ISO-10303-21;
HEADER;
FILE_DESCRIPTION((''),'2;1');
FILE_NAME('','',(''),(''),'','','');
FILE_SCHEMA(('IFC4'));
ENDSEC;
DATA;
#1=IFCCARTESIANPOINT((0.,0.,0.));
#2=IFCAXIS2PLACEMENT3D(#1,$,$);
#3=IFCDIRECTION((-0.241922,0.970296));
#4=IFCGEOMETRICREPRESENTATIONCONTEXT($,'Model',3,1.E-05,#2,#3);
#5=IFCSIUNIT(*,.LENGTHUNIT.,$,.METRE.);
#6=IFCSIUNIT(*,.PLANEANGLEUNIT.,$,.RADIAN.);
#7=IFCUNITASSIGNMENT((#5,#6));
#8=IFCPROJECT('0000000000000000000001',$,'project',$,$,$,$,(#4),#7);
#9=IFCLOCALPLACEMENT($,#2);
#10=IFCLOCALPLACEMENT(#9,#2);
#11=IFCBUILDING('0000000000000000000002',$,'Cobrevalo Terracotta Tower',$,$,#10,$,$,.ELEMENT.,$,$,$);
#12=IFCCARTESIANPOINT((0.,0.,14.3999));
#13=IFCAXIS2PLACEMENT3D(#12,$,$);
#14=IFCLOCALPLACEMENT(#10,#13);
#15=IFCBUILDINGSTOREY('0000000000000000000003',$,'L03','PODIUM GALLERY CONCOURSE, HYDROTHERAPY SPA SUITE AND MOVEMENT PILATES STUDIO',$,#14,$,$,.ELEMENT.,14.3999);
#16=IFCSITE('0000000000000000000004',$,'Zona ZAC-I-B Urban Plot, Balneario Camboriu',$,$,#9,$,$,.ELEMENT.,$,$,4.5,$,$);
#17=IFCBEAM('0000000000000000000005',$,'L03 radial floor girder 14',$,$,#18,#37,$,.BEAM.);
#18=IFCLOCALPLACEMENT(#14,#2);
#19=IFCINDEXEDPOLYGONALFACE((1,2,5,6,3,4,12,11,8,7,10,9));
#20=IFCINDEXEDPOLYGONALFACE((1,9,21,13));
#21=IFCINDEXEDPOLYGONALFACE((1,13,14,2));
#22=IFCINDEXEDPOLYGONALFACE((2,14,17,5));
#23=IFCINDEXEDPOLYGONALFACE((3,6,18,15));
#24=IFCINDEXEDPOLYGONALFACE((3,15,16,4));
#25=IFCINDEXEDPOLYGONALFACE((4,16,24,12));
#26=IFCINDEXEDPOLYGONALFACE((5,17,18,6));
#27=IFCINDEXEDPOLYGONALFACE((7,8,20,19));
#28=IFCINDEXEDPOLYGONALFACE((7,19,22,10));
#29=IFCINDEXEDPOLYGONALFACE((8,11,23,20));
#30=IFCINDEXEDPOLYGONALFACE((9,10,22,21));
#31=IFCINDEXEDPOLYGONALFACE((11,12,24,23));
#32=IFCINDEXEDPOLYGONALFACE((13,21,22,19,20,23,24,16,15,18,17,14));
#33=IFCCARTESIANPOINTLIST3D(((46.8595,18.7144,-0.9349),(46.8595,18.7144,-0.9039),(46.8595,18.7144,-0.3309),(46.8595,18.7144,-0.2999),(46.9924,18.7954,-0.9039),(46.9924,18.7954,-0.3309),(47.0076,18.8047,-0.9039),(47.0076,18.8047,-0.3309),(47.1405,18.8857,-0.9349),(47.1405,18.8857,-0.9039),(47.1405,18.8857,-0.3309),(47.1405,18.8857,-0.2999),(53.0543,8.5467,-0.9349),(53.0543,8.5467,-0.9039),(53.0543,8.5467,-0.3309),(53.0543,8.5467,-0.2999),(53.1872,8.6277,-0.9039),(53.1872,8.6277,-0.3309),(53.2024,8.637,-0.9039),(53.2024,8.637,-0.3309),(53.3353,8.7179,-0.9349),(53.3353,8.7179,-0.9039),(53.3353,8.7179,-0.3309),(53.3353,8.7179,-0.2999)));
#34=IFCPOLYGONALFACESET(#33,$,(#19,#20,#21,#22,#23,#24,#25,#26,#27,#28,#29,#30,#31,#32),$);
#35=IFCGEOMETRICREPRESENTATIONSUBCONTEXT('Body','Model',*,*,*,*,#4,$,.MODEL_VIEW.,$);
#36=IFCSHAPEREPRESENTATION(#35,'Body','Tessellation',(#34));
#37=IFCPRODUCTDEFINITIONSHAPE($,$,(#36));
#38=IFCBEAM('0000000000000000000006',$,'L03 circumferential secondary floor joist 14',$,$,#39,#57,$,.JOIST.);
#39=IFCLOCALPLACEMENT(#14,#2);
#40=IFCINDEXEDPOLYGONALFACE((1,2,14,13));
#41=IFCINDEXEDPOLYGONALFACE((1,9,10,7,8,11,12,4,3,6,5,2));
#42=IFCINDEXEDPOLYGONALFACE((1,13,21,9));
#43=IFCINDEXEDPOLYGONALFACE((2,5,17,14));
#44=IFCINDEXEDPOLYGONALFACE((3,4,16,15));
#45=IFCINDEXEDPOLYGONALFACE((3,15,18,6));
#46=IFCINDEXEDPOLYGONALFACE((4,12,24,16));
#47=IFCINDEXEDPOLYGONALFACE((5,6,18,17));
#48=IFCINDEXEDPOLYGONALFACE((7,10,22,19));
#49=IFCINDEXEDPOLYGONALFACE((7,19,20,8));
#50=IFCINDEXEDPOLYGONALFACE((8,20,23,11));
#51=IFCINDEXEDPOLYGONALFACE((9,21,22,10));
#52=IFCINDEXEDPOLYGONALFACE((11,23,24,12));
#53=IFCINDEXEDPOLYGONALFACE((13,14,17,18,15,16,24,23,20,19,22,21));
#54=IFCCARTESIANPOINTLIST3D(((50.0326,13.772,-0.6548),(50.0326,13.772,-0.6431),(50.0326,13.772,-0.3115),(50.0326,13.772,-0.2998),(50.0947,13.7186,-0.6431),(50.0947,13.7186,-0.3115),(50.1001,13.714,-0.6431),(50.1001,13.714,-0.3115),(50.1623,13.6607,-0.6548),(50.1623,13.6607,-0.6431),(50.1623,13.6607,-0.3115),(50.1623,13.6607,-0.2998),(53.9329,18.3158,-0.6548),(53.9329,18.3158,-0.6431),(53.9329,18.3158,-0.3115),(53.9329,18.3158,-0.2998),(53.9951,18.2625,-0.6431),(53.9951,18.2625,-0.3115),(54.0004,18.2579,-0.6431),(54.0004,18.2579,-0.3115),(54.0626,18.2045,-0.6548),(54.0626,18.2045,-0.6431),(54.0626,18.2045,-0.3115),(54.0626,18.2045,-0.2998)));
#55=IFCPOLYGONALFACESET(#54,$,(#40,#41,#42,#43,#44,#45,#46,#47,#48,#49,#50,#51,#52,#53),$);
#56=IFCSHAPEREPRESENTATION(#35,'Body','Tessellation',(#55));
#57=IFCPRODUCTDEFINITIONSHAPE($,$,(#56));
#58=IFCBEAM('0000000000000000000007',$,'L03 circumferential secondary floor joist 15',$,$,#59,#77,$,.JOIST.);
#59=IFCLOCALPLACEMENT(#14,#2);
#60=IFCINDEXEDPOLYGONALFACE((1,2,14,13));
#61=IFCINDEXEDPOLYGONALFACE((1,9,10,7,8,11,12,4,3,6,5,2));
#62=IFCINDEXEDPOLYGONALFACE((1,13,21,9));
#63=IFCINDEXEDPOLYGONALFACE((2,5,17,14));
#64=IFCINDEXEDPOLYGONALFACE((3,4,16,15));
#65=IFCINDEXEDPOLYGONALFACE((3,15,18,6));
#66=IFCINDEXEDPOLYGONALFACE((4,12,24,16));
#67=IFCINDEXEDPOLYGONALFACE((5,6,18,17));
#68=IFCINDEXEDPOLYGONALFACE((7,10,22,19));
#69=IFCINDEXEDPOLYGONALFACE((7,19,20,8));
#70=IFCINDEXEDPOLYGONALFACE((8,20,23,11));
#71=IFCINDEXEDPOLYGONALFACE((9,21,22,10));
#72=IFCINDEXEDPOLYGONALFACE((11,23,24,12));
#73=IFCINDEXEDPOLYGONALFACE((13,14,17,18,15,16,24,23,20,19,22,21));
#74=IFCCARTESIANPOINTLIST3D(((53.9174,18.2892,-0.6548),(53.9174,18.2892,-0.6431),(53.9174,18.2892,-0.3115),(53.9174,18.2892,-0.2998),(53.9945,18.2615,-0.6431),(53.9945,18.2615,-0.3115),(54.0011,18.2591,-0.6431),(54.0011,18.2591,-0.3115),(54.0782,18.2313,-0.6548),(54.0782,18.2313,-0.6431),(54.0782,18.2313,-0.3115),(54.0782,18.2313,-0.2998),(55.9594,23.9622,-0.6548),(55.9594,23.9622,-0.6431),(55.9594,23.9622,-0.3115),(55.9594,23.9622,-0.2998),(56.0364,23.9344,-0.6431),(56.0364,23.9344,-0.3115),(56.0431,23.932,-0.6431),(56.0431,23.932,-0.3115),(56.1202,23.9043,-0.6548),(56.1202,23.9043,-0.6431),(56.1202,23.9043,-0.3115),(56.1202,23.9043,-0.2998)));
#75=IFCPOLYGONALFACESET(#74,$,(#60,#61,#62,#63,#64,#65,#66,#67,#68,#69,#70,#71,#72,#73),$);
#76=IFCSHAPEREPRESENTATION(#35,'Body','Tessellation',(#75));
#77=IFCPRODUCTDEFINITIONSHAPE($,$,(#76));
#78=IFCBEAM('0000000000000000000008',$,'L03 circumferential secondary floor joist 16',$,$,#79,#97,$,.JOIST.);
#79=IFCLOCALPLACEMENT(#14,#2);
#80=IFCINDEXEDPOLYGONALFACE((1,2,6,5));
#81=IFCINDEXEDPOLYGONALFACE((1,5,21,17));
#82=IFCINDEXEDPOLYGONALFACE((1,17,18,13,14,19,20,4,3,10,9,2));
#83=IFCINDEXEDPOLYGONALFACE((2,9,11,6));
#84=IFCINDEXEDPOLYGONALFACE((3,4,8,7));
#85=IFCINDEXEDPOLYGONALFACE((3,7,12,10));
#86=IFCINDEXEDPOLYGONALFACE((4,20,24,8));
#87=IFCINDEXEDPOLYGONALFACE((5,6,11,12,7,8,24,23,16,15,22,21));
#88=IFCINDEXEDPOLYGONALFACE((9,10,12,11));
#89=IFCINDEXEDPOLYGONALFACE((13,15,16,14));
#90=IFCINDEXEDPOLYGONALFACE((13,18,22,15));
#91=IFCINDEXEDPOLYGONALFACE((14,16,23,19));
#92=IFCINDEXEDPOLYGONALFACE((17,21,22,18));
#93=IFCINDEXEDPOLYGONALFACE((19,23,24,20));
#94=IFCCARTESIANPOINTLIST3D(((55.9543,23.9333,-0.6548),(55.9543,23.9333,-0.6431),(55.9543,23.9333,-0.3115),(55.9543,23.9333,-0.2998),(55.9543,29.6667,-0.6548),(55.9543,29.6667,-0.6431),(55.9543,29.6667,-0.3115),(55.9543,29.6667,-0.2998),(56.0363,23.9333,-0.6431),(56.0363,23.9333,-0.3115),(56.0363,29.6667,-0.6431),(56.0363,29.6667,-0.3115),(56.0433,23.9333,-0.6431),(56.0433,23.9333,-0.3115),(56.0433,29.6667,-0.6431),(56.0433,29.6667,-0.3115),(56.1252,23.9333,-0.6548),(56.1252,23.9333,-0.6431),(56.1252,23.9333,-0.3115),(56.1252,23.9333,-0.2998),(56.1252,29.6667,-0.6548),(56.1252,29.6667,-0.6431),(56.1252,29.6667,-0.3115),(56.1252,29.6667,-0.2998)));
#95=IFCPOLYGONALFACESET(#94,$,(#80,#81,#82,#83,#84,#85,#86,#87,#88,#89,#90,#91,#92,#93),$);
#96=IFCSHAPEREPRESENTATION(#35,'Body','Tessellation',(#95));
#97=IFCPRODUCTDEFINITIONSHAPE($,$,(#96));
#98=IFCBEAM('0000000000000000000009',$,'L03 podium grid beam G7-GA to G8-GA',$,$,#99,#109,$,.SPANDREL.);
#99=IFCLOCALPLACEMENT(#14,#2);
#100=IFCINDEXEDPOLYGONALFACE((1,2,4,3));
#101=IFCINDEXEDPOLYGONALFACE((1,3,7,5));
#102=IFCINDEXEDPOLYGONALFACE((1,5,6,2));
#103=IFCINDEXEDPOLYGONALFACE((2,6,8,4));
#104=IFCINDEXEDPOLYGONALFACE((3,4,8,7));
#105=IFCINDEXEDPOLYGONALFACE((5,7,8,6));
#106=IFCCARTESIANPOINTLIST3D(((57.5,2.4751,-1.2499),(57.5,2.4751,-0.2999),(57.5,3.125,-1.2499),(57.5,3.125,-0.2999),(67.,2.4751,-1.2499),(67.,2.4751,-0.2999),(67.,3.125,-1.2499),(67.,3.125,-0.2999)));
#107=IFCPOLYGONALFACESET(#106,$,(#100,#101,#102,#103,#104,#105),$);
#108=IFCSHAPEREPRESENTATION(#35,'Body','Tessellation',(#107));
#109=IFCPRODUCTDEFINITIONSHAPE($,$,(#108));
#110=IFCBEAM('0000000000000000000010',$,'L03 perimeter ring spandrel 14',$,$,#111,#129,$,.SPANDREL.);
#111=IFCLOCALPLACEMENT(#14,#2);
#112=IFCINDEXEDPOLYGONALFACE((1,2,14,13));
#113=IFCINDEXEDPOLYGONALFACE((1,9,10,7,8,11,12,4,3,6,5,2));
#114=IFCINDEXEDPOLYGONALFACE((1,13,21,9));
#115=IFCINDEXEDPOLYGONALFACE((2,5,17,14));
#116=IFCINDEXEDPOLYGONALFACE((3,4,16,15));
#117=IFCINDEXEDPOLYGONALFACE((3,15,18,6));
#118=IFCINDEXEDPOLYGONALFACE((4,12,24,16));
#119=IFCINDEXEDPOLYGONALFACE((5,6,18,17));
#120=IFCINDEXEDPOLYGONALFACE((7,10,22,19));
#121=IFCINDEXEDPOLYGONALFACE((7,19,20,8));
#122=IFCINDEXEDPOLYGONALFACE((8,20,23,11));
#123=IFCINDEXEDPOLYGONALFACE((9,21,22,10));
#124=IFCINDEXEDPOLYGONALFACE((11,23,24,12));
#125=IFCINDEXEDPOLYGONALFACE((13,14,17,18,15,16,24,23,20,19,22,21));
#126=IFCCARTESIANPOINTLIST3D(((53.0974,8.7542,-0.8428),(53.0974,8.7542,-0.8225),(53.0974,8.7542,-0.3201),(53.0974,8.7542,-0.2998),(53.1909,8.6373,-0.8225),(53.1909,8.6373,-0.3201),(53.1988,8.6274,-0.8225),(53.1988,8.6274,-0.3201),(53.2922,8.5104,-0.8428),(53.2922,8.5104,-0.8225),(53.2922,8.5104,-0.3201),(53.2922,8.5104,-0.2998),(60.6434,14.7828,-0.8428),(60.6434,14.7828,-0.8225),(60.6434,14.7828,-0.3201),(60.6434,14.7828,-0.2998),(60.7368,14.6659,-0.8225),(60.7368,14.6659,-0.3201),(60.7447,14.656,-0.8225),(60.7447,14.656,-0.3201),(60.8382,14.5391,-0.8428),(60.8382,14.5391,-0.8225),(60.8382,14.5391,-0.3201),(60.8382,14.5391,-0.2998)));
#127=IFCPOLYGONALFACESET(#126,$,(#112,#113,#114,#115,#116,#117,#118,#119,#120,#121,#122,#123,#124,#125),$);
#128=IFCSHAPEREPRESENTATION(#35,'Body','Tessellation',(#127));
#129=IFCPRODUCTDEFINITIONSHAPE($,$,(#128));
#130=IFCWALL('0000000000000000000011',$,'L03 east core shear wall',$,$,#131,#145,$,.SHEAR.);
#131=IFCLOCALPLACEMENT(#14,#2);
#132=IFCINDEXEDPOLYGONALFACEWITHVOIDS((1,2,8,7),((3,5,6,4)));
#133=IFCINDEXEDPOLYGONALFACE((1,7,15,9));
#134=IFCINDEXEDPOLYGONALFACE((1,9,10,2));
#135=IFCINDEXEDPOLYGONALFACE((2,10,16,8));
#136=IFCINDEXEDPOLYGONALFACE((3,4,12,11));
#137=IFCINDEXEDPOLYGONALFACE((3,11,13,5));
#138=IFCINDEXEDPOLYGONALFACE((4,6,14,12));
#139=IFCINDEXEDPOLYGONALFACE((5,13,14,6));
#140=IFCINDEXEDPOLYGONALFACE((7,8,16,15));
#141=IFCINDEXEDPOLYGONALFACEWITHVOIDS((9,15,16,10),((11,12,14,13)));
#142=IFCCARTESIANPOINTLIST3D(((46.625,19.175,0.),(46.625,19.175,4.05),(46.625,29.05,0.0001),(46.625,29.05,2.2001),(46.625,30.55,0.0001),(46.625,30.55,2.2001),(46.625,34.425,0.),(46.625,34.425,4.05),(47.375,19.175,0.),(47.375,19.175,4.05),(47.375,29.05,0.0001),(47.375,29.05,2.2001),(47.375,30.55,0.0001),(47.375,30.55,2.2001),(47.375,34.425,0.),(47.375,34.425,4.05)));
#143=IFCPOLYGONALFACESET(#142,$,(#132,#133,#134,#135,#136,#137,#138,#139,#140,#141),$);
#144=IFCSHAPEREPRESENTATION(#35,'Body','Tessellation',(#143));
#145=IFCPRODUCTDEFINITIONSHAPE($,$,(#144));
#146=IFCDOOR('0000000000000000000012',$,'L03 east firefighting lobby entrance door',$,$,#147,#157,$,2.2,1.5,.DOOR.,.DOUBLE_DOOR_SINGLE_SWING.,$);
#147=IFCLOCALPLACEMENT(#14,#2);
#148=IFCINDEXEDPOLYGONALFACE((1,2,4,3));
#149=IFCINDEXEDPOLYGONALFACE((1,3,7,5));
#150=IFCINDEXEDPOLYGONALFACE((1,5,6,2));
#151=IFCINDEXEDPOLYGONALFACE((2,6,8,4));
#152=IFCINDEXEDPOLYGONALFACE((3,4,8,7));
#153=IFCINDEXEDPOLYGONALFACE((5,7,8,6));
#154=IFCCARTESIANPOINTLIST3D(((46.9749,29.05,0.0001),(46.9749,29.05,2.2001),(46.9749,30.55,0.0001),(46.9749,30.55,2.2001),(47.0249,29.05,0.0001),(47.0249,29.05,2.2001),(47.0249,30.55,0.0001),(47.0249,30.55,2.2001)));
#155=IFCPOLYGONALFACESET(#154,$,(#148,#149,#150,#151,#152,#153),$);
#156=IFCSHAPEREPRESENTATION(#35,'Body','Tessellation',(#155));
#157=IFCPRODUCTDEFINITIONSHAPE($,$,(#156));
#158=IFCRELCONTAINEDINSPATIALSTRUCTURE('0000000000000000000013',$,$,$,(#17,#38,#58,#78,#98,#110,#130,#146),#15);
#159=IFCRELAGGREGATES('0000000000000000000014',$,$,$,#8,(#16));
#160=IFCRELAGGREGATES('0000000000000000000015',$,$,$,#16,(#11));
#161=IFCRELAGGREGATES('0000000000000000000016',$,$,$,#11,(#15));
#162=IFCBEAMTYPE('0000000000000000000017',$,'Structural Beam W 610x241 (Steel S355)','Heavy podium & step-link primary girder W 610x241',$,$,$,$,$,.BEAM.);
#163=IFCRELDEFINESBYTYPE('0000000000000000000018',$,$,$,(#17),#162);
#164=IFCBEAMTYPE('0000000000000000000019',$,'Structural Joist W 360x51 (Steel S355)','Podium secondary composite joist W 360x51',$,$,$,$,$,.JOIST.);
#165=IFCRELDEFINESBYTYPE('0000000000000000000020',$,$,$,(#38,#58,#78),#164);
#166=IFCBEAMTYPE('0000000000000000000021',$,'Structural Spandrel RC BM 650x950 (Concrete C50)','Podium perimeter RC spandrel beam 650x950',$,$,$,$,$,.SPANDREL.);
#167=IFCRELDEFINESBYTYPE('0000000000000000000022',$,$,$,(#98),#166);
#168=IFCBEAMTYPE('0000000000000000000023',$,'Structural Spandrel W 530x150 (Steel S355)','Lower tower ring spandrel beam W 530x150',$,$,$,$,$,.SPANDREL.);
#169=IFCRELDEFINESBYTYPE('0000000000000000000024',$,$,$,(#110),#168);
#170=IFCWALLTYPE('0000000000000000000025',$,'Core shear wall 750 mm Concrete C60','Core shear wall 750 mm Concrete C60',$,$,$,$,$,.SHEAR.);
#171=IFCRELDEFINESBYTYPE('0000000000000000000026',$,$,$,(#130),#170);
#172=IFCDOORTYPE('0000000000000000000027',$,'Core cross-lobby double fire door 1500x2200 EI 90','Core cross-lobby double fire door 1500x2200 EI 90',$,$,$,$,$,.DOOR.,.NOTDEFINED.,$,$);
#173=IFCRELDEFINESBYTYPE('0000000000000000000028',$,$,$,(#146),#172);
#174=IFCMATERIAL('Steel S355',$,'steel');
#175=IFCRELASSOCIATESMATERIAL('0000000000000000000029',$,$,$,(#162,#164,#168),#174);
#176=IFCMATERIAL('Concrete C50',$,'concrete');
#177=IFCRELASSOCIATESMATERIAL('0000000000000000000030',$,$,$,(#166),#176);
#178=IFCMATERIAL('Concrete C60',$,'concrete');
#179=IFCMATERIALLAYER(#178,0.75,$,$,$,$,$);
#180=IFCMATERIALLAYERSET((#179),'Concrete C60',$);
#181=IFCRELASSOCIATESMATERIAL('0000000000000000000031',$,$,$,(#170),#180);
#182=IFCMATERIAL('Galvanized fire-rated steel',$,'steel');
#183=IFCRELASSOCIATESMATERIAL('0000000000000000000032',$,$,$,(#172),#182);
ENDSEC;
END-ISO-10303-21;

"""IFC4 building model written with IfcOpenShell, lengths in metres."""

from ifc_helpers import new_model, si_unit, direction, frame, frame_2d, origin, origin_2d, place, context, subcontext, project, spatial, rectangle, i_section, extrude, source, transform, mapped, material, layer, layer_set, material_profile, profile_set, type_object, element, fill, save


model = new_model("IFC4")

# Units and contexts
model_context = context("Model", 3, precision=1e-05, world=origin(), true_north=direction((-0.241922, 0.970296)))
body_context = subcontext(model_context, "Body", "Model", "MODEL_VIEW")
ifc_project = project(units=[si_unit("LENGTHUNIT", "METRE"), si_unit("PLANEANGLEUNIT", "RADIAN")], contexts=[model_context])

# Site, building, storey
site_placement = place(None, origin())
site = spatial("IfcSite", under=ifc_project, at=site_placement, Name="Zona ZAC-I-B Urban Plot, Balneario Camboriu", CompositionType="ELEMENT", RefElevation=4.5)
building_placement = place(site_placement, origin())
building = spatial("IfcBuilding", under=site, at=building_placement, Name="Cobrevalo Terracotta Tower", CompositionType="ELEMENT")
storey_placement = place(building_placement, frame((0.0, 0.0, 14.3999)))
storey = spatial("IfcBuildingStorey", under=building, at=storey_placement, Name="L03", Description="PODIUM GALLERY CONCOURSE, HYDROTHERAPY SPA SUITE AND MOVEMENT PILATES STUDIO", CompositionType="ELEMENT", Elevation=14.3999)

# Shared definitions
ifc_material_1 = material(Name="Steel S355", Category="steel")
ifc_material_2 = material(Name="Concrete C60", Category="concrete")
ifc_material_3 = material(Name="Concrete C50", Category="concrete")

# Beams
ifc_material_profile_1 = material_profile(ifc_material_1, i_section(OverallWidth=0.3291, OverallDepth=0.635, WebThickness=0.0178, FlangeThickness=0.031, at=origin_2d()), Name="W 610x241")
ifc_profile_set_1 = profile_set([ifc_material_profile_1], Name="Steel S355")
beam_type_1 = type_object("IfcBeamType", Name="Structural Beam W 610x241 (Steel S355)", Description="Heavy podium & step-link primary girder W 610x241", PredefinedType="BEAM", material=ifc_profile_set_1)
beam_1_placement = place(storey_placement, frame((53.1948, 8.6323, -0.6174), z_axis=(-0.520301, 0.853983, 0.0), x_axis=(-0.853983, -0.520301, 0.0)))
element("IfcBeam", 1, at=beam_1_placement, inside=storey, type_object=beam_type_1, Name="L03 radial floor girder 14", PredefinedType="BEAM", context=body_context, shape_type="SweptSolid", body=[
    extrude(i_section(OverallWidth=0.3291, OverallDepth=0.635, WebThickness=0.0178, FlangeThickness=0.031, at=origin_2d()), origin(), (0.0, 0.0, 1.0), 11.9062),
])
ifc_material_profile_2 = material_profile(ifc_material_1, i_section(OverallWidth=0.1709, OverallDepth=0.355, WebThickness=0.0071, FlangeThickness=0.0117, at=origin_2d()), Name="W 360x51")
ifc_profile_set_2 = profile_set([ifc_material_profile_2], Name="Steel S355")
beam_type_2 = type_object("IfcBeamType", Name="Structural Joist W 360x51 (Steel S355)", Description="Podium secondary composite joist W 360x51", PredefinedType="JOIST", material=ifc_profile_set_2)
beam_2_placement = place(storey_placement, frame((50.0974, 13.7163, -0.4773), z_axis=(0.651328, 0.758796, 0.0), x_axis=(-0.758796, 0.651328, 0.0)))
element("IfcBeam", 2, at=beam_2_placement, inside=storey, type_object=beam_type_2, Name="L03 circumferential secondary floor joist 14", PredefinedType="JOIST", context=body_context, shape_type="SweptSolid", body=[
    extrude(i_section(OverallWidth=0.1709, OverallDepth=0.355, WebThickness=0.0071, FlangeThickness=0.0117, at=origin_2d()), origin(), (0.0, 0.0, 1.0), 5.9883),
])
beam_3_placement = place(storey_placement, frame((53.9978, 18.2603, -0.4773), z_axis=(0.338672, 0.940904, 0.0), x_axis=(-0.940904, 0.338672, 0.0)))
element("IfcBeam", 3, at=beam_3_placement, inside=storey, type_object=beam_type_2, Name="L03 circumferential secondary floor joist 15", PredefinedType="JOIST", context=body_context, shape_type="SweptSolid", body=[
    extrude(i_section(OverallWidth=0.1709, OverallDepth=0.355, WebThickness=0.0071, FlangeThickness=0.0117, at=origin_2d()), origin(), (0.0, 0.0, 1.0), 6.0293),
])
beam_4_placement = place(storey_placement, frame((56.0398, 23.9333, -0.4773), z_axis=(0.0, 1.0, 0.0), x_axis=(-1.0, 0.0, 0.0)))
element("IfcBeam", 4, at=beam_4_placement, inside=storey, type_object=beam_type_2, Name="L03 circumferential secondary floor joist 16", PredefinedType="JOIST", context=body_context, shape_type="SweptSolid", body=[
    extrude(i_section(OverallWidth=0.1709, OverallDepth=0.355, WebThickness=0.0071, FlangeThickness=0.0117, at=origin_2d()), origin(), (0.0, 0.0, 1.0), 5.7334),
])
ifc_material_profile_3 = material_profile(ifc_material_3, rectangle(XDim=0.6499, YDim=0.95, at=origin_2d()), Name="RC BM 650x950")
ifc_profile_set_3 = profile_set([ifc_material_profile_3], Name="Concrete C50")
beam_type_3 = type_object("IfcBeamType", Name="Structural Spandrel RC BM 650x950 (Concrete C50)", Description="Podium perimeter RC spandrel beam 650x950", PredefinedType="SPANDREL", material=ifc_profile_set_3)
beam_5_placement = place(storey_placement, frame((57.5, 2.8, -0.7749), z_axis=(1.0, 0.0, 0.0), x_axis=(0.0, 1.0, 0.0)))
element("IfcBeam", 5, at=beam_5_placement, inside=storey, type_object=beam_type_3, Name="L03 podium grid beam G7-GA to G8-GA", PredefinedType="SPANDREL", context=body_context, shape_type="SweptSolid", body=[
    extrude(rectangle(XDim=0.6499, YDim=0.95, at=origin_2d()), origin(), (0.0, 0.0, 1.0), 9.5),
])
ifc_material_profile_4 = material_profile(ifc_material_1, i_section(OverallWidth=0.312, OverallDepth=0.543, WebThickness=0.0127, FlangeThickness=0.0203, at=origin_2d()), Name="W 530x150")
ifc_profile_set_4 = profile_set([ifc_material_profile_4], Name="Steel S355")
beam_type_4 = type_object("IfcBeamType", Name="Structural Spandrel W 530x150 (Steel S355)", Description="Lower tower ring spandrel beam W 530x150", PredefinedType="SPANDREL", material=ifc_profile_set_4)
beam_6_placement = place(storey_placement, frame((53.1948, 8.6323, -0.5713), z_axis=(0.78128, 0.62418, 0.0), x_axis=(-0.62418, 0.78128, 0.0)))
element("IfcBeam", 6, at=beam_6_placement, inside=storey, type_object=beam_type_4, Name="L03 perimeter ring spandrel 14", PredefinedType="SPANDREL", context=body_context, shape_type="SweptSolid", body=[
    extrude(i_section(OverallWidth=0.312, OverallDepth=0.543, WebThickness=0.0127, FlangeThickness=0.0203, at=origin_2d()), origin(), (0.0, 0.0, 1.0), 9.6584),
])

# Wall, opening, door
ifc_layer_1 = layer(ifc_material_2, 0.75)
ifc_layer_set_1 = layer_set([ifc_layer_1], Name="Concrete C60")
wall_type_1 = type_object("IfcWallType", Name="Core shear wall 750 mm Concrete C60", Description="Core shear wall 750 mm Concrete C60", PredefinedType="SHEAR", material=ifc_layer_set_1)
wall_1_placement = place(storey_placement, frame((47.0, 19.175, 0.0), z_axis=(0.0, 0.0, 1.0), x_axis=(0.0, 1.0, 0.0)))
wall_1 = element("IfcWall", 7, at=wall_1_placement, inside=storey, type_object=wall_type_1, Name="L03 east core shear wall", PredefinedType="SHEAR", context=body_context, shape_type="SweptSolid", body=[
    extrude(rectangle(XDim=15.25, YDim=0.75, at=frame_2d((7.625, 0.0))), origin(), (0.0, 0.0, 1.0), 4.05),
])
opening_1_placement = place(wall_1_placement, frame((9.875, 0.0, 0.0)))
opening_1 = element("IfcOpeningElement", 8, at=opening_1_placement, cuts=wall_1, PredefinedType="OPENING", context=body_context, shape_type="SweptSolid", body=[
    extrude(rectangle(XDim=1.5, YDim=2.2, at=frame_2d((0.75, 1.1001))), frame((0.0, 0.385, 0.0), z_axis=(0.0, -1.0, 0.0), x_axis=(1.0, 0.0, 0.0)), (0.0, 0.0, 1.0), 0.77),
])
ifc_material_4 = material(Name="Galvanized fire-rated steel", Category="steel")
door_type_1 = type_object("IfcDoorType", Name="Core cross-lobby double fire door 1500x2200 EI 90", Description="Core cross-lobby double fire door 1500x2200 EI 90", OperationType="NOTDEFINED", PredefinedType="DOOR", material=ifc_material_4)
shared_shape_1 = source(origin(), body_context, "Body", "SweptSolid", [
    extrude(rectangle(XDim=1.5, YDim=2.2, at=frame_2d((0.75, 1.1001))), frame((0.0, 0.0249, 0.0), z_axis=(0.0, -1.0, 0.0), x_axis=(1.0, 0.0, 0.0)), (0.0, 0.0, 1.0), 0.05),
])
door_1_placement = place(opening_1_placement, frame((1.5, 0.0, 0.0), z_axis=(0.0, 0.0, 1.0), x_axis=(-1.0, 0.0, 0.0)))
door_1 = element("IfcDoor", 9, at=door_1_placement, inside=storey, type_object=door_type_1, Name="L03 east firefighting lobby entrance door", OperationType="DOUBLE_DOOR_SINGLE_SWING", OverallHeight=2.2, OverallWidth=1.5, PredefinedType="DOOR", context=body_context, shape_type="MappedRepresentation", body=[
    mapped(shared_shape_1, transform((0.0, 0.0, 0.0), scale=1.0)),
])
fill(opening_1, door_1)

save(model, "model.ifc")
